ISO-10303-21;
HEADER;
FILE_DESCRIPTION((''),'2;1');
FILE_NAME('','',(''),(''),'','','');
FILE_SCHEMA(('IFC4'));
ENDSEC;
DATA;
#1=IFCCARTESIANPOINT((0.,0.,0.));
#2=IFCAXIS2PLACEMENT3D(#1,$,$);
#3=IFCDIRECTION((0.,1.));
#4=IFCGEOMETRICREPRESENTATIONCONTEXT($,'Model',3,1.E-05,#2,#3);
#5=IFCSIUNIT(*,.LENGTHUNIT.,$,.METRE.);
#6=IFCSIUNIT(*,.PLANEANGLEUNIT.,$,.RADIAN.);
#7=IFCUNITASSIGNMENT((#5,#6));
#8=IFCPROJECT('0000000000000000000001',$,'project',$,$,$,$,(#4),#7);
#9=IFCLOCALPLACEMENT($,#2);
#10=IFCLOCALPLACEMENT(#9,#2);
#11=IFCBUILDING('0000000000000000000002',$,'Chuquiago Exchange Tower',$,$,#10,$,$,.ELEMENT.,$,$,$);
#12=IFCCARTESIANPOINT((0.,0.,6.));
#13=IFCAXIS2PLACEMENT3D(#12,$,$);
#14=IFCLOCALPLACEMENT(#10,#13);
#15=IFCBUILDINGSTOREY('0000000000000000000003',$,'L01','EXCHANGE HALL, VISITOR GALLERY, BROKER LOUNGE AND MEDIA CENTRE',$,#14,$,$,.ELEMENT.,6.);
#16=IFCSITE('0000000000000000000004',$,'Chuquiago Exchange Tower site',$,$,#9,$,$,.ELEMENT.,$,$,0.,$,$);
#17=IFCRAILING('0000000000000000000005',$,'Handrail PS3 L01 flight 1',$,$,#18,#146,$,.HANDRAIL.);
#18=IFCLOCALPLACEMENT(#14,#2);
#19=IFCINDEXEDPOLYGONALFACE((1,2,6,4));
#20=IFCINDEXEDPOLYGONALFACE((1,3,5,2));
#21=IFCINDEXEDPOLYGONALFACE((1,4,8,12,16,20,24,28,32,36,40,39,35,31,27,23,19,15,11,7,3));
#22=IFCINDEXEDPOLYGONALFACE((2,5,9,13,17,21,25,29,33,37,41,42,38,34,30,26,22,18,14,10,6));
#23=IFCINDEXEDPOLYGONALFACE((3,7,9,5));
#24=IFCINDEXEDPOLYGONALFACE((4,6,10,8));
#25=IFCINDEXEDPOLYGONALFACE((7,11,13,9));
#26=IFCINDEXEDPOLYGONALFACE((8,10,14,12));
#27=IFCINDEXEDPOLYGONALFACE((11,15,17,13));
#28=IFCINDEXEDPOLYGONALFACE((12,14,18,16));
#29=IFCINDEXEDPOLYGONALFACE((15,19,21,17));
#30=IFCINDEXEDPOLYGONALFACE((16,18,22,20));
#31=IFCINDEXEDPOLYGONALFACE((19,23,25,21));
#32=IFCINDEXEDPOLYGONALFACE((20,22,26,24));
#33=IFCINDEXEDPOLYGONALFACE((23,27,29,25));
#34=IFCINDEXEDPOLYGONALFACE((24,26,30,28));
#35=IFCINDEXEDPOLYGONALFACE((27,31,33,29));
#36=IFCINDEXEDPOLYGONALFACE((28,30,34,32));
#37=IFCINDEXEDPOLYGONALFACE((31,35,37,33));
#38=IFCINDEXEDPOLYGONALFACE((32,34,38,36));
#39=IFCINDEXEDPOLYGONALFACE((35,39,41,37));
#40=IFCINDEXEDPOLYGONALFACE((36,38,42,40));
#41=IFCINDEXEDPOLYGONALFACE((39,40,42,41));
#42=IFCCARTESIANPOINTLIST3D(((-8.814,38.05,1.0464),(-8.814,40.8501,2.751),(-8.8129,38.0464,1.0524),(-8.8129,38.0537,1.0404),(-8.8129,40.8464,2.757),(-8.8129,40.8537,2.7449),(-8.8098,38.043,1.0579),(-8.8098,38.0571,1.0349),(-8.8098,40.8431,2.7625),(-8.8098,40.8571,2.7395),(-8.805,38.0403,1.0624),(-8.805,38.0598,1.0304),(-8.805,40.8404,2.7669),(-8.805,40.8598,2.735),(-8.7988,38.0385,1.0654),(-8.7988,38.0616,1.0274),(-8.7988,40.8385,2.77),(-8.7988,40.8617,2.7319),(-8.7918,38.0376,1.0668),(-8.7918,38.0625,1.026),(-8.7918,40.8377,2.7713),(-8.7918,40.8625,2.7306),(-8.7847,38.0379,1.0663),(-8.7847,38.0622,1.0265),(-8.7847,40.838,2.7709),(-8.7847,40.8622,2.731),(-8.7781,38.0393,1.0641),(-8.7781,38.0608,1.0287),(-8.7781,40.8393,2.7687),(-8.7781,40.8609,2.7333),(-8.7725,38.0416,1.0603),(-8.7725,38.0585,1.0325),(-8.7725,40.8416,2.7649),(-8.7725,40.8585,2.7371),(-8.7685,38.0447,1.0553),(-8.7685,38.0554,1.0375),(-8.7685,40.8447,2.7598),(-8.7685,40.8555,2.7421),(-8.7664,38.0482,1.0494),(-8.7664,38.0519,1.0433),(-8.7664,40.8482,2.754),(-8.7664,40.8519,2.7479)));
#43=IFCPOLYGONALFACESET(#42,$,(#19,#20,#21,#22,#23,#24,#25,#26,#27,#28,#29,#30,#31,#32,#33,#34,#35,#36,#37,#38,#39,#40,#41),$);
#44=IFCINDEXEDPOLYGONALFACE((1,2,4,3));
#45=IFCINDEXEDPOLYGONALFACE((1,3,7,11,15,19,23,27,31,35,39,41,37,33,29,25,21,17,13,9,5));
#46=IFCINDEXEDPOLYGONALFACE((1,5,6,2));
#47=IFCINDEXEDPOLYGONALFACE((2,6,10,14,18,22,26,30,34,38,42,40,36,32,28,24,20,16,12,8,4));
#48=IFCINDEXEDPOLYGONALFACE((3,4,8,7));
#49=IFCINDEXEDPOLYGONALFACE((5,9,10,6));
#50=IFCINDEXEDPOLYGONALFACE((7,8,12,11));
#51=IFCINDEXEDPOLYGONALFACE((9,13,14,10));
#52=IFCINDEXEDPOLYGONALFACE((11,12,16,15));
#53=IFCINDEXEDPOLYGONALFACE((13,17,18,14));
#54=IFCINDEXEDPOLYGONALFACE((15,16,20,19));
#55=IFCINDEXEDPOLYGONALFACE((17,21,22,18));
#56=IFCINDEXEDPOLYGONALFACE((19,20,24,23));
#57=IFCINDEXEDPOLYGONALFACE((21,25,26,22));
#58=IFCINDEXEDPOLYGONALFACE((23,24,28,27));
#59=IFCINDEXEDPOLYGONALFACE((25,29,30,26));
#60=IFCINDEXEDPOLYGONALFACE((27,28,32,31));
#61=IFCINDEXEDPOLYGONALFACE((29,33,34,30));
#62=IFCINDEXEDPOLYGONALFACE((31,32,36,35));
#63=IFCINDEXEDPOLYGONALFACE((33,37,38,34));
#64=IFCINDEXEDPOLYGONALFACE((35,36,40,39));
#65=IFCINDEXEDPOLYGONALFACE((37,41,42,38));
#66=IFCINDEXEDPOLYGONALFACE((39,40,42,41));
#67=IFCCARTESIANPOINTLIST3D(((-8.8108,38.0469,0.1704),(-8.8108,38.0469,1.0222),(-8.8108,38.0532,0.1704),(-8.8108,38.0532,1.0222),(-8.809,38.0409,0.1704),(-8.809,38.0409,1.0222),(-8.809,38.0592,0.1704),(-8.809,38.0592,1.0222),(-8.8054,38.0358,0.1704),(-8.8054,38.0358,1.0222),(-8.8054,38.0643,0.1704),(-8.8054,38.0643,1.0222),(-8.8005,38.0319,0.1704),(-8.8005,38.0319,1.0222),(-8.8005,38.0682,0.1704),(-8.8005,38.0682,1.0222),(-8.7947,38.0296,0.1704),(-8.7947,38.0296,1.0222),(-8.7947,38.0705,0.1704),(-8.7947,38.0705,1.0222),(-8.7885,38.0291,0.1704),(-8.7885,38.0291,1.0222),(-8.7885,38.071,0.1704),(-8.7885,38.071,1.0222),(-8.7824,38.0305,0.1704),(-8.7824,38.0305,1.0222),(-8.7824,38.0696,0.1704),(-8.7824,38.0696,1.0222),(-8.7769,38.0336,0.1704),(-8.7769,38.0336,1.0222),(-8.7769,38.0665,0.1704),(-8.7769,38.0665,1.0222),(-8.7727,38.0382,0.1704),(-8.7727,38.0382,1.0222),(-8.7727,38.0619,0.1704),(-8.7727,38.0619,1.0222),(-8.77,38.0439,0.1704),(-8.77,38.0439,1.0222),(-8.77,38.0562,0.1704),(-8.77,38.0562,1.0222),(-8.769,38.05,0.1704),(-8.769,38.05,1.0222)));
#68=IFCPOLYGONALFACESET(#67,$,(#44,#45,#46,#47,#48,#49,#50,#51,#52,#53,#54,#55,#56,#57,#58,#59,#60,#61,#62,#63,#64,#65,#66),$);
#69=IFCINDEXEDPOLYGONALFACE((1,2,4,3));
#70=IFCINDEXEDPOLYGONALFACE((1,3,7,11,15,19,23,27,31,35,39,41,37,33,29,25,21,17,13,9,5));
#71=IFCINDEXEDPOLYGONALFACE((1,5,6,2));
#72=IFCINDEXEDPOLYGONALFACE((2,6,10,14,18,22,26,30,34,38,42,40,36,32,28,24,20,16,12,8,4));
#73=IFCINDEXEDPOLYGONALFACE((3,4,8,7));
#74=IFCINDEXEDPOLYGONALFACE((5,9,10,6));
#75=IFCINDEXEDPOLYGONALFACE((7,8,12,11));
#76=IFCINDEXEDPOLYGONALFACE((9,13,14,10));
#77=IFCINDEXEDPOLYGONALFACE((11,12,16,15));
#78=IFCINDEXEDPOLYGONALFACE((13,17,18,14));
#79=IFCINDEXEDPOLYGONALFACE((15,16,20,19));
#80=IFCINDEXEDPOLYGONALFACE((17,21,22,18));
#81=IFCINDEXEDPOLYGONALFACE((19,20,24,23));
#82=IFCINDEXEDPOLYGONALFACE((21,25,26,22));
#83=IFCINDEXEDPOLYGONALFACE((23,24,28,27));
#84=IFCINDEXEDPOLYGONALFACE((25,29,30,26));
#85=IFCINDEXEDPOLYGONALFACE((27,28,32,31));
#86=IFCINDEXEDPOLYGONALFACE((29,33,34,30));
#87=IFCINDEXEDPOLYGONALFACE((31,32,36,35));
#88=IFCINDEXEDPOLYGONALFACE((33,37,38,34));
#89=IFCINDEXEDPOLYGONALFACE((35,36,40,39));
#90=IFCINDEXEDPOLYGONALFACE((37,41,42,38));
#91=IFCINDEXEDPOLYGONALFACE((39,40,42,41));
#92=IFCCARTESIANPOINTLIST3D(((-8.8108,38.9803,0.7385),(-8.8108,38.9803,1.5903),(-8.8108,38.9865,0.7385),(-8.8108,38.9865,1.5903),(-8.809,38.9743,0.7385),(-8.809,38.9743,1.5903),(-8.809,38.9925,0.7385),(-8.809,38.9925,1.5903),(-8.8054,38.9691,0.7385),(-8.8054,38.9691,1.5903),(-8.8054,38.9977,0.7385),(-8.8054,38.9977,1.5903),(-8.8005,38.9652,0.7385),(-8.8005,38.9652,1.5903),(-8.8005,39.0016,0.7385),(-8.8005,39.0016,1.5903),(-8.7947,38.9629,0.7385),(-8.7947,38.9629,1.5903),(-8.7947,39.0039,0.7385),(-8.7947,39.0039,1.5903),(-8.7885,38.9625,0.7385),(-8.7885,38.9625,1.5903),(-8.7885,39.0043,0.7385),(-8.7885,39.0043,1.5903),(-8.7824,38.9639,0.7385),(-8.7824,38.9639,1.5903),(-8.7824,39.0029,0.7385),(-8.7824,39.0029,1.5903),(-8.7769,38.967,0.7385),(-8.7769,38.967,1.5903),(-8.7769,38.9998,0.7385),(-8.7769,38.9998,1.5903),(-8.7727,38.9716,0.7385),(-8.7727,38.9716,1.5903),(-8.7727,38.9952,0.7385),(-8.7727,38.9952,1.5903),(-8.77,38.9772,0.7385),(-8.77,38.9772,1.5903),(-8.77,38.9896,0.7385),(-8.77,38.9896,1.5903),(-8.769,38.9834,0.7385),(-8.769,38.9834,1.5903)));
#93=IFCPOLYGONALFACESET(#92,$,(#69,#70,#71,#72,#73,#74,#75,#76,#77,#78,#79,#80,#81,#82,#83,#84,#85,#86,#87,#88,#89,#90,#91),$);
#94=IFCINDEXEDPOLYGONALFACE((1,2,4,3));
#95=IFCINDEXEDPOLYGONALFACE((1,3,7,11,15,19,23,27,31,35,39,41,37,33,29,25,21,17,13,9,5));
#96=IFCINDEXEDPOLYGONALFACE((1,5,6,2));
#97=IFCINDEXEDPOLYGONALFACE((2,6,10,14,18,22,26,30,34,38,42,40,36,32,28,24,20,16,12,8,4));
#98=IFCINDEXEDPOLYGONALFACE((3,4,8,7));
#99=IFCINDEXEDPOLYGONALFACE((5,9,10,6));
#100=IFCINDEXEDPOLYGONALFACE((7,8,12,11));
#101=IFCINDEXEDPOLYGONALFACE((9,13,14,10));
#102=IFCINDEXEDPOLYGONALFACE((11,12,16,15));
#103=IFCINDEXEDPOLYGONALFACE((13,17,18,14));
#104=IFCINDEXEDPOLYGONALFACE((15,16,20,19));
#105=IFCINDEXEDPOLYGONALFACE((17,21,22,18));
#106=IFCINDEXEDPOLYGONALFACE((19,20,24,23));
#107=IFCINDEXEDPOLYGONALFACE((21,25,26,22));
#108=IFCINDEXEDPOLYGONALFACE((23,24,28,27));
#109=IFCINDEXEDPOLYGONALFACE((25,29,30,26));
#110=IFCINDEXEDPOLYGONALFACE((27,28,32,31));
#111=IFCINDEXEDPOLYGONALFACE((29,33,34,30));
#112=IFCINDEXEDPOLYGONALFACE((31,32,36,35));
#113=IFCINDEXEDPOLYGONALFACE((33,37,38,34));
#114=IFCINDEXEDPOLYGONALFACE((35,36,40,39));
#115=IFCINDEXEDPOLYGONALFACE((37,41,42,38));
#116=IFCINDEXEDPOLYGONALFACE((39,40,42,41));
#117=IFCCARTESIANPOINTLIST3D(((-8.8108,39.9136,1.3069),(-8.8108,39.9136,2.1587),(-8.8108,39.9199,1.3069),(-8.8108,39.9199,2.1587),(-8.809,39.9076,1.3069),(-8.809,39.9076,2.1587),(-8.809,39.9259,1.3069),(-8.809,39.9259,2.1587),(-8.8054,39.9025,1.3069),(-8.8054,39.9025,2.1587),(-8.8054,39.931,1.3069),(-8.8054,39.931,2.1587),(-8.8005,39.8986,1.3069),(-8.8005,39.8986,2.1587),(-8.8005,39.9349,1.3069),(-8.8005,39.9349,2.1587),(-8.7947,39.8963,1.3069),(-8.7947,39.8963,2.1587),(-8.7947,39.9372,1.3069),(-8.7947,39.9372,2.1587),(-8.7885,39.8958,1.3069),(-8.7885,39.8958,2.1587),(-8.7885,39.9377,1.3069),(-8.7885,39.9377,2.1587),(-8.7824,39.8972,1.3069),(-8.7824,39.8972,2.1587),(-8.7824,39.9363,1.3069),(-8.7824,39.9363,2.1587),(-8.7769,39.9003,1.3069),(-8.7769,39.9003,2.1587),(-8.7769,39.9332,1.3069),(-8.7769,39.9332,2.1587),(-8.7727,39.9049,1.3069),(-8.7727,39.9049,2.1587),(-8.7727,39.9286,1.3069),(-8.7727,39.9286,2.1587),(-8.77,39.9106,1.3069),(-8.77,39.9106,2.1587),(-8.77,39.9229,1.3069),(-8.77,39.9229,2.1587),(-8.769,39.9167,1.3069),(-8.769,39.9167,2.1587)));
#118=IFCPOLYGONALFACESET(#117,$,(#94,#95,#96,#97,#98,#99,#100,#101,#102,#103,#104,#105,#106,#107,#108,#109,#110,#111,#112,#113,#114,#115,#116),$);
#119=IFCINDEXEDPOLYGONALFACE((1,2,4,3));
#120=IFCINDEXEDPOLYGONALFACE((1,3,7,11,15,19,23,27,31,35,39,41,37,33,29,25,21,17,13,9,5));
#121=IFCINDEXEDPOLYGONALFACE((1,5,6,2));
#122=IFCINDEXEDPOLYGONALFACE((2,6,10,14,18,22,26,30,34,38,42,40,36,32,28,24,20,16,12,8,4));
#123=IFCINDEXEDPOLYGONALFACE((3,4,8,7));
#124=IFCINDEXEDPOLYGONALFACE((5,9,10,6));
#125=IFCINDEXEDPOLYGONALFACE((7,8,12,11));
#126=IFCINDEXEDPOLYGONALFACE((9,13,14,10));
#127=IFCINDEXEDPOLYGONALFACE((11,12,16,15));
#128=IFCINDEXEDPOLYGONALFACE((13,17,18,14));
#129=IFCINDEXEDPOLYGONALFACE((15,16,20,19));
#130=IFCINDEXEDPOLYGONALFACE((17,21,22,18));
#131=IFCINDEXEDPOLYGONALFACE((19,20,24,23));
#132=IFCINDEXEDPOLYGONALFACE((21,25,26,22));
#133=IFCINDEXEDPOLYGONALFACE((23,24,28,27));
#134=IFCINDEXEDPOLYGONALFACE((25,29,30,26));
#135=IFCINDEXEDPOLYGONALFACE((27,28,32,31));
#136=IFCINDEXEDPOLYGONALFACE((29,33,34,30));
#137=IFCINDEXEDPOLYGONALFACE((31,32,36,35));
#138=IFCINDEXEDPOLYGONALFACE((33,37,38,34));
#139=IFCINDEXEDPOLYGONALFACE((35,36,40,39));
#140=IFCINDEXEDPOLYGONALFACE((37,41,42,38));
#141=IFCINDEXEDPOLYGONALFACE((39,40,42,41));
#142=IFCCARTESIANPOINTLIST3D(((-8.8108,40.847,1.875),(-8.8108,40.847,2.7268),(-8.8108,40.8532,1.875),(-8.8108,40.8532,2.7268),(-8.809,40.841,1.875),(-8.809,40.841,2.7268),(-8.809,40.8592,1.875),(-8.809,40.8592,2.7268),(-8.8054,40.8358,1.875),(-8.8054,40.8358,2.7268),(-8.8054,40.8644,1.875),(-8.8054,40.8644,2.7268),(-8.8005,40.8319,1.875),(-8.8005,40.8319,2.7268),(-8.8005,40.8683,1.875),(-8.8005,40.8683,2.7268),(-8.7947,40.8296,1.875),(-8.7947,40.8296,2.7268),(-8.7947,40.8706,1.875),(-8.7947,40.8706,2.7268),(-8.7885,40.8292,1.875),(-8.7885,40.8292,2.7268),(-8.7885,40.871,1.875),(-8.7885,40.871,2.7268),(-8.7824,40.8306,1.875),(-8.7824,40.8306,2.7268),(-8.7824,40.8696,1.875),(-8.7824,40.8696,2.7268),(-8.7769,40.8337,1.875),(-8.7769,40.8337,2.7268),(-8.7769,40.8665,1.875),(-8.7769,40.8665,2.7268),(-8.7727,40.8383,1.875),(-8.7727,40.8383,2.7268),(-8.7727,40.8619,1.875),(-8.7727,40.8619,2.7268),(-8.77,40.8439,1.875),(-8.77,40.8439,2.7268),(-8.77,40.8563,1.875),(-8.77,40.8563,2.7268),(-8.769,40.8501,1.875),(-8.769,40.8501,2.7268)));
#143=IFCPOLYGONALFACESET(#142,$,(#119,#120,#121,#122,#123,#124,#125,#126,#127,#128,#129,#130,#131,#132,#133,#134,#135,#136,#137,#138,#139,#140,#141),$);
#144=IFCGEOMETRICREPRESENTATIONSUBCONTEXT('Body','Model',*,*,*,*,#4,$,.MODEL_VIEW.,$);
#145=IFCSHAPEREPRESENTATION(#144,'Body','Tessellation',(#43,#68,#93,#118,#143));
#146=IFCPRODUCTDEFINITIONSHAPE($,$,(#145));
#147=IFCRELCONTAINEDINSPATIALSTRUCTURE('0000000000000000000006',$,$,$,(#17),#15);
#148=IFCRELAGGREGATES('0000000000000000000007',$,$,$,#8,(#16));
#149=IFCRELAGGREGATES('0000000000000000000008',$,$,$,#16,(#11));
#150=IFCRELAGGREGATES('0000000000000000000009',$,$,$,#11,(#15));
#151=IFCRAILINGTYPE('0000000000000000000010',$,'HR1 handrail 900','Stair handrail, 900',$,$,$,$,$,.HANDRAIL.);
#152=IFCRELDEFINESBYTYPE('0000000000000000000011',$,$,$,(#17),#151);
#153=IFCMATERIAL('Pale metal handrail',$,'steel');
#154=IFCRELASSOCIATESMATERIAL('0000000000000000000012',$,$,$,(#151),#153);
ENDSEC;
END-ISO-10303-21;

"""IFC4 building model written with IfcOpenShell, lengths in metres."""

from ifc_helpers import new_model, si_unit, direction, frame, origin, origin_2d, place, context, subcontext, project, spatial, circle, extrude, material, type_object, element, save


model = new_model("IFC4")

# Units and contexts
model_context = context("Model", 3, precision=1e-05, world=origin(), true_north=direction((0.0, 1.0)))
body_context = subcontext(model_context, "Body", "Model", "MODEL_VIEW")
ifc_project = project(units=[si_unit("LENGTHUNIT", "METRE"), si_unit("PLANEANGLEUNIT", "RADIAN")], contexts=[model_context])

# Site, building, storey
site_placement = place(None, origin())
site = spatial("IfcSite", under=ifc_project, at=site_placement, Name="Chuquiago Exchange Tower site", CompositionType="ELEMENT", RefElevation=0.0)
building_placement = place(site_placement, origin())
building = spatial("IfcBuilding", under=site, at=building_placement, Name="Chuquiago Exchange Tower", CompositionType="ELEMENT")
storey_placement = place(building_placement, frame((0.0, 0.0, 6.0)))
storey = spatial("IfcBuildingStorey", under=building, at=storey_placement, Name="L01", Description="EXCHANGE HALL, VISITOR GALLERY, BROKER LOUNGE AND MEDIA CENTRE", CompositionType="ELEMENT", Elevation=6.0)

# Railing
ifc_material_1 = material(Name="Pale metal handrail", Category="steel")
railing_type = type_object("IfcRailingType", Name="HR1 handrail 900", Description="Stair handrail, 900", PredefinedType="HANDRAIL", material=ifc_material_1)
for number, where, name in (
    (1, (-8.79, 38.05, 0.1704), "Handrail PS3 L01 flight 1"),
):
    element("IfcRailing", number, at=place(storey_placement, frame(where)), inside=storey, type_object=railing_type, Name=name, PredefinedType="HANDRAIL", context=body_context, shape_type="SweptSolid", body=[
        extrude(circle(Radius=0.0239, at=origin_2d()), frame((0.0, 0.0, 0.876), z_axis=(0.0, 0.85417, 0.519994), x_axis=(-1.0, 0.0, 0.0)), (0.0, 0.0, 1.0), 3.2781),
        extrude(circle(Radius=0.021, at=origin_2d()), origin(), (0.0, 0.0, 1.0), 0.8518),
        extrude(circle(Radius=0.021, at=origin_2d()), frame((0.0, 0.9333, 0.5681)), (0.0, 0.0, 1.0), 0.8518),
        extrude(circle(Radius=0.021, at=origin_2d()), frame((0.0, 1.8667, 1.1365)), (0.0, 0.0, 1.0), 0.8518),
        extrude(circle(Radius=0.021, at=origin_2d()), frame((0.0, 2.8, 1.7046)), (0.0, 0.0, 1.0), 0.8518),
    ])

save(model, "model.ifc")
